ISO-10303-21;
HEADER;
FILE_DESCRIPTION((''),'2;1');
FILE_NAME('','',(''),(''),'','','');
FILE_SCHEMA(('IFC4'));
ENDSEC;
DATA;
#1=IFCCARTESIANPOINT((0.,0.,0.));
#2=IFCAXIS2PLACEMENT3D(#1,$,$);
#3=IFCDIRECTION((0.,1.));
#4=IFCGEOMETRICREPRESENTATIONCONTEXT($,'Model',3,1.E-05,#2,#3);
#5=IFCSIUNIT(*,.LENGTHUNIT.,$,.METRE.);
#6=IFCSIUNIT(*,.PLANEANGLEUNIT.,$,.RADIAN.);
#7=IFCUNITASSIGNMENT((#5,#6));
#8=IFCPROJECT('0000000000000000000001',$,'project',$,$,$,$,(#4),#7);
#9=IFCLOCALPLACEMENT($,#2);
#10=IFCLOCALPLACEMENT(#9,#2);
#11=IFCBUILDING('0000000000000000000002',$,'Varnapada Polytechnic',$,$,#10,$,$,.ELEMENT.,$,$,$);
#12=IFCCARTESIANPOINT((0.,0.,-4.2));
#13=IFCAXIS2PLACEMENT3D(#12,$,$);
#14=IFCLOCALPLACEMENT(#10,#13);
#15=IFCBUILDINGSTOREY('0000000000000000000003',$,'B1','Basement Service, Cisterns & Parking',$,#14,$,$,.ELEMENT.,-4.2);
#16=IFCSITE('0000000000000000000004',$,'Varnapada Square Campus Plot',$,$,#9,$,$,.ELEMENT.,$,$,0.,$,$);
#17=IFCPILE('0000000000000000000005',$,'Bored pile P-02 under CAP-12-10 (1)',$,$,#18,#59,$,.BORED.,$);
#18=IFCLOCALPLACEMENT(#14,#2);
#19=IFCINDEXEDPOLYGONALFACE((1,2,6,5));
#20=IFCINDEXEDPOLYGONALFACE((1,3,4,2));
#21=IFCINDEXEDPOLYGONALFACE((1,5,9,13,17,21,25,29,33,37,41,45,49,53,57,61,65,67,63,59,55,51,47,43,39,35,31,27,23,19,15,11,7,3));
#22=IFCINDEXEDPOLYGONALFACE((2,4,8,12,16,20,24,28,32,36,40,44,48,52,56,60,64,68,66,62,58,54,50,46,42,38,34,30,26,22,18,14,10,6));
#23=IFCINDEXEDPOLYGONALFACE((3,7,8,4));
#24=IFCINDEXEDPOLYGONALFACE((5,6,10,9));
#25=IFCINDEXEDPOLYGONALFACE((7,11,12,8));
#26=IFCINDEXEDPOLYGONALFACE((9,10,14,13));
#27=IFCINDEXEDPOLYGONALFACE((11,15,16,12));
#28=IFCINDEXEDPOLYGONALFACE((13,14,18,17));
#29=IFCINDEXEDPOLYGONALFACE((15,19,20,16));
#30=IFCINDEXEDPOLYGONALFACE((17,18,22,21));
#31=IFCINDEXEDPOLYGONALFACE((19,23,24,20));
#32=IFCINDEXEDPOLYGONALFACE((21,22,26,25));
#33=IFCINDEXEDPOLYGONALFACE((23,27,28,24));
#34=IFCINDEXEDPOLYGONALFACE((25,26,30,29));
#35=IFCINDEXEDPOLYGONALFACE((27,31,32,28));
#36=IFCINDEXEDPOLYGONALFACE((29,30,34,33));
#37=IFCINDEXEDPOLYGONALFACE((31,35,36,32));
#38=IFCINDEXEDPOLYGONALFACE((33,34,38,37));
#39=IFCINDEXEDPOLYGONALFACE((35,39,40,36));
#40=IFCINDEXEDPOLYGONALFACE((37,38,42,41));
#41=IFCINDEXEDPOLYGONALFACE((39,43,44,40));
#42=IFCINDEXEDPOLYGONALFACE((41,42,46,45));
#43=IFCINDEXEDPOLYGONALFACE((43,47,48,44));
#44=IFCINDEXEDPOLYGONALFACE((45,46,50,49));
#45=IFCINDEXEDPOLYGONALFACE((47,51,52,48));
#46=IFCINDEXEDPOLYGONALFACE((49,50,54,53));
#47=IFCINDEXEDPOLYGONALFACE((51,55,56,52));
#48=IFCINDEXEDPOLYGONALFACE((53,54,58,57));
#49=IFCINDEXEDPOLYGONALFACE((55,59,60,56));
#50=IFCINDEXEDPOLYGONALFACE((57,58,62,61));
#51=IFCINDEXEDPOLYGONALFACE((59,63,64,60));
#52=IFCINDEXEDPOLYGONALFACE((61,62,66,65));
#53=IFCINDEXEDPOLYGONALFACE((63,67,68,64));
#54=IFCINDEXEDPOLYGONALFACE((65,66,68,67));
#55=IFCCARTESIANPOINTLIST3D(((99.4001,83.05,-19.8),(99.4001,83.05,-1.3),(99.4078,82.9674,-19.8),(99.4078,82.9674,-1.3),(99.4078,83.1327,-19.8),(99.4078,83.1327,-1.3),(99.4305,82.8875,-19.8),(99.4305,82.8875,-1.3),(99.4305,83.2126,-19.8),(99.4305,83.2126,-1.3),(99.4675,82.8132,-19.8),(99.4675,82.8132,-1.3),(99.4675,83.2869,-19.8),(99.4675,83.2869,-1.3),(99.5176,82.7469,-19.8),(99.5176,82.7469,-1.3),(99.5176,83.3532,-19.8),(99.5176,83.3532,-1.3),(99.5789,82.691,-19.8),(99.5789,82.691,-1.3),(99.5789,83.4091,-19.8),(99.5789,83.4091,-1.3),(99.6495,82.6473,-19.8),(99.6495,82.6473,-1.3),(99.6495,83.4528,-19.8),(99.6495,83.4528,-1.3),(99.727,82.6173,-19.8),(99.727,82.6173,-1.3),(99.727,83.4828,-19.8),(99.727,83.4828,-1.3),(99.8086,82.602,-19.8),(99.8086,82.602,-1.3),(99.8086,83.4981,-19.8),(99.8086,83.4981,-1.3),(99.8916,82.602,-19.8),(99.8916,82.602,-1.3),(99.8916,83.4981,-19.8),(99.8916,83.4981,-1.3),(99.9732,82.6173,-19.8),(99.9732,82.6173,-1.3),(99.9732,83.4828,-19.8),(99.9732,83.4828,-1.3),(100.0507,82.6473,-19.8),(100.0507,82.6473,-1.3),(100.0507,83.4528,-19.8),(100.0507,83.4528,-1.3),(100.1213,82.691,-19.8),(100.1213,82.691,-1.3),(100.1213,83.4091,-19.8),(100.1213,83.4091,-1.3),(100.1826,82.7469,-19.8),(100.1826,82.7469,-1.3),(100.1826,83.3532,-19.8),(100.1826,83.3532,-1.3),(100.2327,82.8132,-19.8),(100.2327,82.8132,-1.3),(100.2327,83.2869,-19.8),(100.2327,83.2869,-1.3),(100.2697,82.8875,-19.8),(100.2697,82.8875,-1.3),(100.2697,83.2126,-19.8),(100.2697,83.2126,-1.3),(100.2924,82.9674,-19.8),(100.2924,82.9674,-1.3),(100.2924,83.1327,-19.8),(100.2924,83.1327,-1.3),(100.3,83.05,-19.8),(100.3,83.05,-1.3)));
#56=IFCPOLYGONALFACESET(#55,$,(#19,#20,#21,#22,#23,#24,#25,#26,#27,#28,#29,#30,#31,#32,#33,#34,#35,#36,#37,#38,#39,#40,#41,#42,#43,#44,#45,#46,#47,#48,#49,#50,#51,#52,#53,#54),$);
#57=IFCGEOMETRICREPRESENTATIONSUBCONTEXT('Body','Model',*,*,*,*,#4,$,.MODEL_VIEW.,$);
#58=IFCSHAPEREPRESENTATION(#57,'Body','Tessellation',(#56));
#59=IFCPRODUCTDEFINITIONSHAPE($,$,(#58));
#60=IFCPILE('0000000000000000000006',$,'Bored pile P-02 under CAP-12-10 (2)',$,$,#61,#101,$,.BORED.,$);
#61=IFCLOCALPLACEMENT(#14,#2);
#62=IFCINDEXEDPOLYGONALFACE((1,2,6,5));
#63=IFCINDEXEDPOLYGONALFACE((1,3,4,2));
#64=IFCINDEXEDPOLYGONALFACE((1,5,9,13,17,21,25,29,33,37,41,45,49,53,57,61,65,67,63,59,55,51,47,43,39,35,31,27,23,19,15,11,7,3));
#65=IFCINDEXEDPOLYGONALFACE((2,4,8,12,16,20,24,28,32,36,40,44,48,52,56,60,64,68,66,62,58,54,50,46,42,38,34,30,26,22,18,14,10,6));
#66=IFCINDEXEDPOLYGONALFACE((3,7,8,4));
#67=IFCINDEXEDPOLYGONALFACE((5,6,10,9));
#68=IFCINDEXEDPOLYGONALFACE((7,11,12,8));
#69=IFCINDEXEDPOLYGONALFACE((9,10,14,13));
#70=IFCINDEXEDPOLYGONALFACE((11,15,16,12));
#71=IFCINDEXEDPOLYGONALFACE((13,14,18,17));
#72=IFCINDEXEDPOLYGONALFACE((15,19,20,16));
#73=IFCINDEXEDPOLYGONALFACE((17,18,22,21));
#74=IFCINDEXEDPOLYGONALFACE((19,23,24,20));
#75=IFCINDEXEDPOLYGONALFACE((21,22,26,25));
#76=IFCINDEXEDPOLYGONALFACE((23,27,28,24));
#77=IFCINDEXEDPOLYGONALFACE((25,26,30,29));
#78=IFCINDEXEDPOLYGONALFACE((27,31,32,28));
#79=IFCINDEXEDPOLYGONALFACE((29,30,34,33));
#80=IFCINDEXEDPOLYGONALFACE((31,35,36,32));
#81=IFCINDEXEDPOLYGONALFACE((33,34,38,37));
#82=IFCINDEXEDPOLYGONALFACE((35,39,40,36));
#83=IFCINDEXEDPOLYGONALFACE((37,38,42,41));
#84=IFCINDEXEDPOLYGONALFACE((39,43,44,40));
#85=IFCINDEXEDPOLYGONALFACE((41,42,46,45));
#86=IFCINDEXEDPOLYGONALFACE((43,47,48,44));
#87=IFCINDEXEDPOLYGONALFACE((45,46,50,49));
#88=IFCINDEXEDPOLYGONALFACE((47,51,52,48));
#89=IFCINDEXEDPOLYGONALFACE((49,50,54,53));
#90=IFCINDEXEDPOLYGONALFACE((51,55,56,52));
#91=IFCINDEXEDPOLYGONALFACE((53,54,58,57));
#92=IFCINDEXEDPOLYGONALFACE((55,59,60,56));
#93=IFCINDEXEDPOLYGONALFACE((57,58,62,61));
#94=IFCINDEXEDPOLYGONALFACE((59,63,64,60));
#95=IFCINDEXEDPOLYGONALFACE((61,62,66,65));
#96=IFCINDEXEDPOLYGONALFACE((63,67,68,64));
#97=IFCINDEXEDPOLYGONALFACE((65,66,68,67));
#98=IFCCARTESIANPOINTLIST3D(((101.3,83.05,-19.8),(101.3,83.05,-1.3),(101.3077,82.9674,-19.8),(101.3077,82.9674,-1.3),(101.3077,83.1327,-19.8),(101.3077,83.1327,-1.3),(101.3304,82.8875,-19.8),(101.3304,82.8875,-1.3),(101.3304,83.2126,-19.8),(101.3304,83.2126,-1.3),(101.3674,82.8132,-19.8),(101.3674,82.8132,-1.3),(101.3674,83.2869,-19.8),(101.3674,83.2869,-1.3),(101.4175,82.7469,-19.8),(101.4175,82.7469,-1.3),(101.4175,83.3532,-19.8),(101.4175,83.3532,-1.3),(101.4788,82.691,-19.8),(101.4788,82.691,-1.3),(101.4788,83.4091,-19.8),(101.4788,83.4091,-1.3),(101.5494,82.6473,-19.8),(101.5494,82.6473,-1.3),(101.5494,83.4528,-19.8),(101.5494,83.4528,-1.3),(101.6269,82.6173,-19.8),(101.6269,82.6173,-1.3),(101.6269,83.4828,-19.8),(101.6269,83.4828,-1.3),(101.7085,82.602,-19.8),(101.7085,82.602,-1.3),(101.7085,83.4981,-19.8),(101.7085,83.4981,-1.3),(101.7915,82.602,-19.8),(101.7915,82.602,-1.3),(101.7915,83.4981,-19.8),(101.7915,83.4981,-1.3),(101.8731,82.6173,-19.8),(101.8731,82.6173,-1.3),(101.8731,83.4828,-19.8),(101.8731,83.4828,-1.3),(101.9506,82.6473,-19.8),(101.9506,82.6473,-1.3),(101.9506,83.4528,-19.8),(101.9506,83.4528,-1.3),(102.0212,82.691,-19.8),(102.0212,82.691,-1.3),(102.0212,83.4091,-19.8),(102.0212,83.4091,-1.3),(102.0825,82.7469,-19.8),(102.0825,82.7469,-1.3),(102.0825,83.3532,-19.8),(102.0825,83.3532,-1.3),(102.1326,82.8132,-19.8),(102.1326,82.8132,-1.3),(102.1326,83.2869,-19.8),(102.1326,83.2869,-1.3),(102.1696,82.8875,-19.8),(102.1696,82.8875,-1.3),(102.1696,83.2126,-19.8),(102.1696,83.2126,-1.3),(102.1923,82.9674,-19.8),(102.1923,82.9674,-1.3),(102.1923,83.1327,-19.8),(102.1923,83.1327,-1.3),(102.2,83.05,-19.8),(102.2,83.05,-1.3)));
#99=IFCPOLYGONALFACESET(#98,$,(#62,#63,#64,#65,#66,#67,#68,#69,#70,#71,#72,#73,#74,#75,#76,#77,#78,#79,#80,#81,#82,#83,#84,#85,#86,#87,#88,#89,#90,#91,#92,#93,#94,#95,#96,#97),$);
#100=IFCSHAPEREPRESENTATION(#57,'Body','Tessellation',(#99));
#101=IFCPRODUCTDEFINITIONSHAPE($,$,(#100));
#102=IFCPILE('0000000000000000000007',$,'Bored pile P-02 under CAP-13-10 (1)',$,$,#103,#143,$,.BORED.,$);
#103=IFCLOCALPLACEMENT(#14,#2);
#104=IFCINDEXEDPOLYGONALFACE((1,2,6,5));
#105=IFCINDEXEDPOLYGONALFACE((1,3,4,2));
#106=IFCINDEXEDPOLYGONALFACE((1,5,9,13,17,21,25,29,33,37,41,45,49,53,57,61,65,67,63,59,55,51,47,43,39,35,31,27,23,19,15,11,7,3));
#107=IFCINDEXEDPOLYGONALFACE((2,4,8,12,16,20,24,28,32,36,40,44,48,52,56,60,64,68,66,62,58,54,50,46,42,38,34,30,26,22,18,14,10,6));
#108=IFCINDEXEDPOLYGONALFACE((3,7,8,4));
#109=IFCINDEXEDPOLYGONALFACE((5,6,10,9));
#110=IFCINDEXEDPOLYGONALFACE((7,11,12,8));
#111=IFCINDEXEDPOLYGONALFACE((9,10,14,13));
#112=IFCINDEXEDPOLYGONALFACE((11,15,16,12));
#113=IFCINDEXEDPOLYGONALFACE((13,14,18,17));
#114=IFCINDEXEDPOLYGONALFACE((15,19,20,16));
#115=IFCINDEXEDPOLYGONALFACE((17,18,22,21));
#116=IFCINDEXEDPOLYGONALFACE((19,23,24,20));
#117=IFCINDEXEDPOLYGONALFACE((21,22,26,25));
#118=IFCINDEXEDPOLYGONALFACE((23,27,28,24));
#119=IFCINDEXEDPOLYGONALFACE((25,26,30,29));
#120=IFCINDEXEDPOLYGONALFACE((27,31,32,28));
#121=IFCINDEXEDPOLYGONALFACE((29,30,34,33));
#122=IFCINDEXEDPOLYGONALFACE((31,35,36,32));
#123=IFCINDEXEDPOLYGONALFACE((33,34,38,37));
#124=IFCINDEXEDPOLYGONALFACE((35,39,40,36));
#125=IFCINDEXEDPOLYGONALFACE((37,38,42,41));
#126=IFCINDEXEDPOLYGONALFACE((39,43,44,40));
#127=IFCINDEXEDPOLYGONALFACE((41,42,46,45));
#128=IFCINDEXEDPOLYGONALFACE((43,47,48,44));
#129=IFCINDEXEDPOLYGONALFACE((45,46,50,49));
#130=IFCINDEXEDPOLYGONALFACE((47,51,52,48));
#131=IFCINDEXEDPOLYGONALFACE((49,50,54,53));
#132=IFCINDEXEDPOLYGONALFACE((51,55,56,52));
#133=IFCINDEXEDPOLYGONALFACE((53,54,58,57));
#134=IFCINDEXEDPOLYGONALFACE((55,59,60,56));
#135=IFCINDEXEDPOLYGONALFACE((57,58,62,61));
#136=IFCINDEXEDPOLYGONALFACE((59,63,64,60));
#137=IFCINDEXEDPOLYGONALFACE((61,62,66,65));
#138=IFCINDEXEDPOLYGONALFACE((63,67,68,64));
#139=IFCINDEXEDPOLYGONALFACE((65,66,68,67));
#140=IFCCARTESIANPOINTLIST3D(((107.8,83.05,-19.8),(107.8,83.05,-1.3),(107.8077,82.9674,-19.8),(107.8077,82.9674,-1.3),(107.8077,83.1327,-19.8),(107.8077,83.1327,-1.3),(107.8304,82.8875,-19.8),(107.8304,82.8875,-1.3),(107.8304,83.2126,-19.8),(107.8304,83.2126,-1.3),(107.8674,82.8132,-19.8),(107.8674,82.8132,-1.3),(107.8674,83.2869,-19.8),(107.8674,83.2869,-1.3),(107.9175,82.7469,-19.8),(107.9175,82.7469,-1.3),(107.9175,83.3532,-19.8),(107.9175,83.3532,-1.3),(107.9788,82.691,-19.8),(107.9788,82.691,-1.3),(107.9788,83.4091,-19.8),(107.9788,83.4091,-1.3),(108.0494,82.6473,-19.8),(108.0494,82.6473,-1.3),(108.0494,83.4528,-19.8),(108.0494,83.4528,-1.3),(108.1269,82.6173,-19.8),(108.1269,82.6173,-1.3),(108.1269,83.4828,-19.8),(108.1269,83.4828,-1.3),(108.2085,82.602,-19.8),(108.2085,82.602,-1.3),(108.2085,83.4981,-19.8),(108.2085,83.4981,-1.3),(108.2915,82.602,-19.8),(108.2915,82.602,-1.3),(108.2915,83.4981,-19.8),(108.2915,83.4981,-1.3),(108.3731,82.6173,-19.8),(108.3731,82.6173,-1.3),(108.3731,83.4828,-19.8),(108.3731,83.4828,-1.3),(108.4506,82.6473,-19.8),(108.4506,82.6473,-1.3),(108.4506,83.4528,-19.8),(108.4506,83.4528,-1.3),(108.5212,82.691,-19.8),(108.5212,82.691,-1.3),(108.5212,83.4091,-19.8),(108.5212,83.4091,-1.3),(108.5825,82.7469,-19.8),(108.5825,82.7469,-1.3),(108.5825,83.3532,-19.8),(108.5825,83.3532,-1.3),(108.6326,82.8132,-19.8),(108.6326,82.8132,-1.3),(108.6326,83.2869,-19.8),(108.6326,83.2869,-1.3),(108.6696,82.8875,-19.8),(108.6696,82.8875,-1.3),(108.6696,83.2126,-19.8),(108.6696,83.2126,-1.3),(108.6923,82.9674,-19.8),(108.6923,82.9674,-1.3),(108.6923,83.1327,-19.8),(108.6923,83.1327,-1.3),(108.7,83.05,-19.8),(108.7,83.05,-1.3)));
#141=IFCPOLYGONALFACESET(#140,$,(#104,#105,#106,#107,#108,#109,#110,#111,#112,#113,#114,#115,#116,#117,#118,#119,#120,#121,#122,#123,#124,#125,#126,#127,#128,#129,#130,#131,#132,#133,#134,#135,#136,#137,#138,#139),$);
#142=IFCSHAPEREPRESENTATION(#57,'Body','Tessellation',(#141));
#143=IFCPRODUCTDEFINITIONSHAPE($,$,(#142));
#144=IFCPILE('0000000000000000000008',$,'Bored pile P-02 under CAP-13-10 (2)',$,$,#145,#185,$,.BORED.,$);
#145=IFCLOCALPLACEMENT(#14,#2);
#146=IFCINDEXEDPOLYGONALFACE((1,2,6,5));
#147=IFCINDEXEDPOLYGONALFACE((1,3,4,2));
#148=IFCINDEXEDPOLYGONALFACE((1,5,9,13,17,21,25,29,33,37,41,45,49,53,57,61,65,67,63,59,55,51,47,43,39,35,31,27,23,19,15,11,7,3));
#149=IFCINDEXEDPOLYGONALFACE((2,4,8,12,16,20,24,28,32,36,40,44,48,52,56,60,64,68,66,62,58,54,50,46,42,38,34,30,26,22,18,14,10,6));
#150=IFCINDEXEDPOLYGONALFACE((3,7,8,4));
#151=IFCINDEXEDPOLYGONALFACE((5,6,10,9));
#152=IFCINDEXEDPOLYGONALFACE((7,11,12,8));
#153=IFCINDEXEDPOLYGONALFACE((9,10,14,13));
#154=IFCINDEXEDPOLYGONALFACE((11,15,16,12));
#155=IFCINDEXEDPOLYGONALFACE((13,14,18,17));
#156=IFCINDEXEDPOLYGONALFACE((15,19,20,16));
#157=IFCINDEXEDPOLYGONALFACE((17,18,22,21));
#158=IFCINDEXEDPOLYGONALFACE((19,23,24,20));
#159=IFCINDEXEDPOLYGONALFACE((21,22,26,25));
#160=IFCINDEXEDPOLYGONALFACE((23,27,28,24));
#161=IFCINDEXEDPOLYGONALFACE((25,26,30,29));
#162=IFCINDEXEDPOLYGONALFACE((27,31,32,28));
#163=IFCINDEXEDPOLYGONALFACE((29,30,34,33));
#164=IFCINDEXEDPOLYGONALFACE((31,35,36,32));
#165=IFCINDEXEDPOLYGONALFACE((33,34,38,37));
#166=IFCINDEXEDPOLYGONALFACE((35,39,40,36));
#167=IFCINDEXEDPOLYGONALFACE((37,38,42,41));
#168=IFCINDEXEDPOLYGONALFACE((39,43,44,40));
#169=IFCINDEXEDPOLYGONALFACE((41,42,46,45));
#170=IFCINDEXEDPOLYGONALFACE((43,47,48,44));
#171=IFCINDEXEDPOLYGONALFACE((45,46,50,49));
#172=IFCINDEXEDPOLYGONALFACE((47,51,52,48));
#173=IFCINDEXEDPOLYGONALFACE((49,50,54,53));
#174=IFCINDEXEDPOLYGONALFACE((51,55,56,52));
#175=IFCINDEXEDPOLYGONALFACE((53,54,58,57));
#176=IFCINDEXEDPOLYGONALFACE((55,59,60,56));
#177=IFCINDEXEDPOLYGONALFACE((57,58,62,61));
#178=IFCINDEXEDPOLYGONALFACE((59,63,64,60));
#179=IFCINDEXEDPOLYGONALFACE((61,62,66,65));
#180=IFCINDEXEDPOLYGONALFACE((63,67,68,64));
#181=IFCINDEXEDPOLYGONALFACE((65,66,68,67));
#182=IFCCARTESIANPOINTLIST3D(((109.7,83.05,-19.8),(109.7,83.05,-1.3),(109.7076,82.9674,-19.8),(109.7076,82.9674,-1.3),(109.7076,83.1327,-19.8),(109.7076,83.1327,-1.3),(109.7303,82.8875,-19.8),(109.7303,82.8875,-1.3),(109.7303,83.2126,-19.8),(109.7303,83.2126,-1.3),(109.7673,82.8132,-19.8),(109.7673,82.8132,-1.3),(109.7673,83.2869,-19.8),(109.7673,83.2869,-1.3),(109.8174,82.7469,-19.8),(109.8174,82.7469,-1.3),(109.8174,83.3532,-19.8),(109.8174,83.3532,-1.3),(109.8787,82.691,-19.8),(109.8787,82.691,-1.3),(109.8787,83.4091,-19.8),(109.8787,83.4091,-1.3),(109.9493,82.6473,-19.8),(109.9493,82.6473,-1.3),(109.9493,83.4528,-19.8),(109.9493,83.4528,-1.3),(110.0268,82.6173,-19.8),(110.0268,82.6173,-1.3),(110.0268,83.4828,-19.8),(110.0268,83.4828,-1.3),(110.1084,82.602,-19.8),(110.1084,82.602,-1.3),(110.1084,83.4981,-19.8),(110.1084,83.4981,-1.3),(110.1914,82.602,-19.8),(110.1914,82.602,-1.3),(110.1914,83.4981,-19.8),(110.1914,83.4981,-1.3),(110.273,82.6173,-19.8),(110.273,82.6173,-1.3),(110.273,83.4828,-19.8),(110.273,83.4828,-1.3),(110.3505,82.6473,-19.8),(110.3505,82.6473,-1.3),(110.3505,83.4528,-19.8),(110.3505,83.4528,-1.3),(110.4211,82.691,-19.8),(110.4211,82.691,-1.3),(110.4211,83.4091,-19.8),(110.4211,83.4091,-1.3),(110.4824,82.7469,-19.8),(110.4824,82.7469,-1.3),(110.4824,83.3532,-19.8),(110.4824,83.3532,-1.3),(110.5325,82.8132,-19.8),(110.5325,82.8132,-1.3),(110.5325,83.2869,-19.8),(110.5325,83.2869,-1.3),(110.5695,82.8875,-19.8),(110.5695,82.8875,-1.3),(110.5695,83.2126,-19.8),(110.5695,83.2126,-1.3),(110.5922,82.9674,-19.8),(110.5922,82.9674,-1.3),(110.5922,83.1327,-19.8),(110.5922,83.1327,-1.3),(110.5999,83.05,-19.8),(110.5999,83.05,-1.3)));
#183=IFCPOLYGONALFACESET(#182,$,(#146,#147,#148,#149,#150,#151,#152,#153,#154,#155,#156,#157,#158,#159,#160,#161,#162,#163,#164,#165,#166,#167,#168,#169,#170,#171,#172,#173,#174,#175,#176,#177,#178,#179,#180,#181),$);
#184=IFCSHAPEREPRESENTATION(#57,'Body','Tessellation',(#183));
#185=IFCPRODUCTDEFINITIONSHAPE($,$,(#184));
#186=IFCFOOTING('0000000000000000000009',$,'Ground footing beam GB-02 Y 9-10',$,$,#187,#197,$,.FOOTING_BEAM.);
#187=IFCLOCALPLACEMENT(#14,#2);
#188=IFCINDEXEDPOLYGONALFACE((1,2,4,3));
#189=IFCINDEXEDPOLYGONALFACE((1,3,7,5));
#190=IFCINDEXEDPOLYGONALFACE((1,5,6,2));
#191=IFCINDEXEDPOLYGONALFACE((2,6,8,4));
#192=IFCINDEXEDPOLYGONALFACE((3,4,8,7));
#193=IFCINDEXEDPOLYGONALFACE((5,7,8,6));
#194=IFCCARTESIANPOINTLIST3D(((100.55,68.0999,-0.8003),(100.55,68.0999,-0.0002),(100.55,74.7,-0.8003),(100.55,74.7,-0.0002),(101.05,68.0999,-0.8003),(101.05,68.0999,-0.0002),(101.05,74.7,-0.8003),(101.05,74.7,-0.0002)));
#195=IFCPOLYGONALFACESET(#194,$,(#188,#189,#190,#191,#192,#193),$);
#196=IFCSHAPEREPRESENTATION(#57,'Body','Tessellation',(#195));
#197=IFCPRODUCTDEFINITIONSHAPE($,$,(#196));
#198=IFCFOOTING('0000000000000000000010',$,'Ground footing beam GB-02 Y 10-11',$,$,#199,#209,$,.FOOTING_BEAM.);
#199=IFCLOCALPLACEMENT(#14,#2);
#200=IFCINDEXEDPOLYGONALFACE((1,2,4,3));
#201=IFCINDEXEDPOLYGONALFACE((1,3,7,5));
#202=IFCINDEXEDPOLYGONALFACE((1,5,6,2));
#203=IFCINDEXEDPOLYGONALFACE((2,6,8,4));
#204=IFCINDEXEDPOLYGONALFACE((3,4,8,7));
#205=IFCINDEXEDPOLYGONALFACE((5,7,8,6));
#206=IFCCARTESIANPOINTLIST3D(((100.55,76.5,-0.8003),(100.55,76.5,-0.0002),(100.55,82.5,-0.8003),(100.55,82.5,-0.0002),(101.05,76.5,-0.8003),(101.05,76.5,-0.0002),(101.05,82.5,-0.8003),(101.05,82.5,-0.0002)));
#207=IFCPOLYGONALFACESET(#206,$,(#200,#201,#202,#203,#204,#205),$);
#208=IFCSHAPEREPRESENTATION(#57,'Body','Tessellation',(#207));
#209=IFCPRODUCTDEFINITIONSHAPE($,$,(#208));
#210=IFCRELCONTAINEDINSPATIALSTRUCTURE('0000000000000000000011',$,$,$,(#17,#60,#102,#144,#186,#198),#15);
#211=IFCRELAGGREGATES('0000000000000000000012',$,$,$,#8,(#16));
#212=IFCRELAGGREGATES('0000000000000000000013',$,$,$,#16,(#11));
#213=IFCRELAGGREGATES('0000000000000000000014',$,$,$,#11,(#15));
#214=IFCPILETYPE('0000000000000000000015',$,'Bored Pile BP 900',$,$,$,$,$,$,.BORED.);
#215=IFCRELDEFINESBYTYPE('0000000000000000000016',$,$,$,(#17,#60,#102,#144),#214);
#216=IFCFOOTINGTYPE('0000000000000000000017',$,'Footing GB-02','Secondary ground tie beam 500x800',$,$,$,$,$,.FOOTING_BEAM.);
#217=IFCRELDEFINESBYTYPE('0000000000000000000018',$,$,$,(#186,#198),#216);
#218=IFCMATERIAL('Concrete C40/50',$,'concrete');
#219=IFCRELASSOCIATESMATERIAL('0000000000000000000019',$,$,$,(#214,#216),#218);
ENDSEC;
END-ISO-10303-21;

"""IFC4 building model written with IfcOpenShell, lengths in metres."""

from ifc_helpers import new_model, si_unit, direction, frame, origin, origin_2d, place, context, subcontext, project, spatial, rectangle, circle, extrude, material, material_profile, profile_set, type_object, element, save


model = new_model("IFC4")

# Units and contexts
model_context = context("Model", 3, precision=1e-05, world=origin(), true_north=direction((0.0, 1.0)))
body_context = subcontext(model_context, "Body", "Model", "MODEL_VIEW")
ifc_project = project(units=[si_unit("LENGTHUNIT", "METRE"), si_unit("PLANEANGLEUNIT", "RADIAN")], contexts=[model_context])

# Site, building, storey
site_placement = place(None, origin())
site = spatial("IfcSite", under=ifc_project, at=site_placement, Name="Varnapada Square Campus Plot", CompositionType="ELEMENT", RefElevation=0.0)
building_placement = place(site_placement, origin())
building = spatial("IfcBuilding", under=site, at=building_placement, Name="Varnapada Polytechnic", CompositionType="ELEMENT")
storey_placement = place(building_placement, frame((0.0, 0.0, -4.2)))
storey = spatial("IfcBuildingStorey", under=building, at=storey_placement, Name="B1", Description="Basement Service, Cisterns & Parking", CompositionType="ELEMENT", Elevation=-4.2)

# Piles
ifc_material = material(Name="Concrete C40/50", Category="concrete")
ifc_material_profile_1 = material_profile(ifc_material, circle(Radius=0.45, at=origin_2d()), Name="BP 900")
ifc_profile_set_1 = profile_set([ifc_material_profile_1], Name="Concrete C40/50")
pile_type_1 = type_object("IfcPileType", Name="Bored Pile BP 900", PredefinedType="BORED", material=ifc_profile_set_1)
for number, where, z_axis, x_axis, name in (
    (1, (99.8501, 83.05, -1.3), (0.0, 0.0, -1.0), (1.0, 0.0, 0.0), "Bored pile P-02 under CAP-12-10 (1)"),
    (2, (101.75, 83.05, -1.3), (0.0, 0.0, -1.0), (1.0, 0.0, 0.0), "Bored pile P-02 under CAP-12-10 (2)"),
    (3, (108.25, 83.05, -1.3), (0.0, 0.0, -1.0), (1.0, 0.0, 0.0), "Bored pile P-02 under CAP-13-10 (1)"),
    (4, (110.1499, 83.05, -1.3), (0.0, 0.0, -1.0), (1.0, 0.0, 0.0), "Bored pile P-02 under CAP-13-10 (2)"),
):
    element("IfcPile", number, at=place(storey_placement, frame(where, z_axis=z_axis, x_axis=x_axis)), inside=storey, type_object=pile_type_1, Name=name, PredefinedType="BORED", context=body_context, shape_type="SweptSolid", body=[
        extrude(circle(Radius=0.45, at=origin_2d()), origin(), (0.0, 0.0, 1.0), 18.5),
    ])

# Footings
footing_type_1 = type_object("IfcFootingType", Name="Footing GB-02", Description="Secondary ground tie beam 500x800", PredefinedType="FOOTING_BEAM", material=ifc_material)
footing_1_placement = place(storey_placement, frame((100.8, 71.3999, -0.8003), z_axis=(0.0, 0.0, 1.0), x_axis=(0.0, 1.0, 0.0)))
element("IfcFooting", 5, at=footing_1_placement, inside=storey, type_object=footing_type_1, Name="Ground footing beam GB-02 Y 9-10", PredefinedType="FOOTING_BEAM", context=body_context, shape_type="SweptSolid", body=[
    extrude(rectangle(XDim=6.6001, YDim=0.5, at=origin_2d()), origin(), (0.0, 0.0, 1.0), 0.8),
])
footing_2_placement = place(storey_placement, frame((100.8, 79.5, -0.8003), z_axis=(0.0, 0.0, 1.0), x_axis=(0.0, 1.0, 0.0)))
element("IfcFooting", 6, at=footing_2_placement, inside=storey, type_object=footing_type_1, Name="Ground footing beam GB-02 Y 10-11", PredefinedType="FOOTING_BEAM", context=body_context, shape_type="SweptSolid", body=[
    extrude(rectangle(XDim=6.0, YDim=0.5, at=origin_2d()), origin(), (0.0, 0.0, 1.0), 0.8),
])

save(model, "model.ifc")
